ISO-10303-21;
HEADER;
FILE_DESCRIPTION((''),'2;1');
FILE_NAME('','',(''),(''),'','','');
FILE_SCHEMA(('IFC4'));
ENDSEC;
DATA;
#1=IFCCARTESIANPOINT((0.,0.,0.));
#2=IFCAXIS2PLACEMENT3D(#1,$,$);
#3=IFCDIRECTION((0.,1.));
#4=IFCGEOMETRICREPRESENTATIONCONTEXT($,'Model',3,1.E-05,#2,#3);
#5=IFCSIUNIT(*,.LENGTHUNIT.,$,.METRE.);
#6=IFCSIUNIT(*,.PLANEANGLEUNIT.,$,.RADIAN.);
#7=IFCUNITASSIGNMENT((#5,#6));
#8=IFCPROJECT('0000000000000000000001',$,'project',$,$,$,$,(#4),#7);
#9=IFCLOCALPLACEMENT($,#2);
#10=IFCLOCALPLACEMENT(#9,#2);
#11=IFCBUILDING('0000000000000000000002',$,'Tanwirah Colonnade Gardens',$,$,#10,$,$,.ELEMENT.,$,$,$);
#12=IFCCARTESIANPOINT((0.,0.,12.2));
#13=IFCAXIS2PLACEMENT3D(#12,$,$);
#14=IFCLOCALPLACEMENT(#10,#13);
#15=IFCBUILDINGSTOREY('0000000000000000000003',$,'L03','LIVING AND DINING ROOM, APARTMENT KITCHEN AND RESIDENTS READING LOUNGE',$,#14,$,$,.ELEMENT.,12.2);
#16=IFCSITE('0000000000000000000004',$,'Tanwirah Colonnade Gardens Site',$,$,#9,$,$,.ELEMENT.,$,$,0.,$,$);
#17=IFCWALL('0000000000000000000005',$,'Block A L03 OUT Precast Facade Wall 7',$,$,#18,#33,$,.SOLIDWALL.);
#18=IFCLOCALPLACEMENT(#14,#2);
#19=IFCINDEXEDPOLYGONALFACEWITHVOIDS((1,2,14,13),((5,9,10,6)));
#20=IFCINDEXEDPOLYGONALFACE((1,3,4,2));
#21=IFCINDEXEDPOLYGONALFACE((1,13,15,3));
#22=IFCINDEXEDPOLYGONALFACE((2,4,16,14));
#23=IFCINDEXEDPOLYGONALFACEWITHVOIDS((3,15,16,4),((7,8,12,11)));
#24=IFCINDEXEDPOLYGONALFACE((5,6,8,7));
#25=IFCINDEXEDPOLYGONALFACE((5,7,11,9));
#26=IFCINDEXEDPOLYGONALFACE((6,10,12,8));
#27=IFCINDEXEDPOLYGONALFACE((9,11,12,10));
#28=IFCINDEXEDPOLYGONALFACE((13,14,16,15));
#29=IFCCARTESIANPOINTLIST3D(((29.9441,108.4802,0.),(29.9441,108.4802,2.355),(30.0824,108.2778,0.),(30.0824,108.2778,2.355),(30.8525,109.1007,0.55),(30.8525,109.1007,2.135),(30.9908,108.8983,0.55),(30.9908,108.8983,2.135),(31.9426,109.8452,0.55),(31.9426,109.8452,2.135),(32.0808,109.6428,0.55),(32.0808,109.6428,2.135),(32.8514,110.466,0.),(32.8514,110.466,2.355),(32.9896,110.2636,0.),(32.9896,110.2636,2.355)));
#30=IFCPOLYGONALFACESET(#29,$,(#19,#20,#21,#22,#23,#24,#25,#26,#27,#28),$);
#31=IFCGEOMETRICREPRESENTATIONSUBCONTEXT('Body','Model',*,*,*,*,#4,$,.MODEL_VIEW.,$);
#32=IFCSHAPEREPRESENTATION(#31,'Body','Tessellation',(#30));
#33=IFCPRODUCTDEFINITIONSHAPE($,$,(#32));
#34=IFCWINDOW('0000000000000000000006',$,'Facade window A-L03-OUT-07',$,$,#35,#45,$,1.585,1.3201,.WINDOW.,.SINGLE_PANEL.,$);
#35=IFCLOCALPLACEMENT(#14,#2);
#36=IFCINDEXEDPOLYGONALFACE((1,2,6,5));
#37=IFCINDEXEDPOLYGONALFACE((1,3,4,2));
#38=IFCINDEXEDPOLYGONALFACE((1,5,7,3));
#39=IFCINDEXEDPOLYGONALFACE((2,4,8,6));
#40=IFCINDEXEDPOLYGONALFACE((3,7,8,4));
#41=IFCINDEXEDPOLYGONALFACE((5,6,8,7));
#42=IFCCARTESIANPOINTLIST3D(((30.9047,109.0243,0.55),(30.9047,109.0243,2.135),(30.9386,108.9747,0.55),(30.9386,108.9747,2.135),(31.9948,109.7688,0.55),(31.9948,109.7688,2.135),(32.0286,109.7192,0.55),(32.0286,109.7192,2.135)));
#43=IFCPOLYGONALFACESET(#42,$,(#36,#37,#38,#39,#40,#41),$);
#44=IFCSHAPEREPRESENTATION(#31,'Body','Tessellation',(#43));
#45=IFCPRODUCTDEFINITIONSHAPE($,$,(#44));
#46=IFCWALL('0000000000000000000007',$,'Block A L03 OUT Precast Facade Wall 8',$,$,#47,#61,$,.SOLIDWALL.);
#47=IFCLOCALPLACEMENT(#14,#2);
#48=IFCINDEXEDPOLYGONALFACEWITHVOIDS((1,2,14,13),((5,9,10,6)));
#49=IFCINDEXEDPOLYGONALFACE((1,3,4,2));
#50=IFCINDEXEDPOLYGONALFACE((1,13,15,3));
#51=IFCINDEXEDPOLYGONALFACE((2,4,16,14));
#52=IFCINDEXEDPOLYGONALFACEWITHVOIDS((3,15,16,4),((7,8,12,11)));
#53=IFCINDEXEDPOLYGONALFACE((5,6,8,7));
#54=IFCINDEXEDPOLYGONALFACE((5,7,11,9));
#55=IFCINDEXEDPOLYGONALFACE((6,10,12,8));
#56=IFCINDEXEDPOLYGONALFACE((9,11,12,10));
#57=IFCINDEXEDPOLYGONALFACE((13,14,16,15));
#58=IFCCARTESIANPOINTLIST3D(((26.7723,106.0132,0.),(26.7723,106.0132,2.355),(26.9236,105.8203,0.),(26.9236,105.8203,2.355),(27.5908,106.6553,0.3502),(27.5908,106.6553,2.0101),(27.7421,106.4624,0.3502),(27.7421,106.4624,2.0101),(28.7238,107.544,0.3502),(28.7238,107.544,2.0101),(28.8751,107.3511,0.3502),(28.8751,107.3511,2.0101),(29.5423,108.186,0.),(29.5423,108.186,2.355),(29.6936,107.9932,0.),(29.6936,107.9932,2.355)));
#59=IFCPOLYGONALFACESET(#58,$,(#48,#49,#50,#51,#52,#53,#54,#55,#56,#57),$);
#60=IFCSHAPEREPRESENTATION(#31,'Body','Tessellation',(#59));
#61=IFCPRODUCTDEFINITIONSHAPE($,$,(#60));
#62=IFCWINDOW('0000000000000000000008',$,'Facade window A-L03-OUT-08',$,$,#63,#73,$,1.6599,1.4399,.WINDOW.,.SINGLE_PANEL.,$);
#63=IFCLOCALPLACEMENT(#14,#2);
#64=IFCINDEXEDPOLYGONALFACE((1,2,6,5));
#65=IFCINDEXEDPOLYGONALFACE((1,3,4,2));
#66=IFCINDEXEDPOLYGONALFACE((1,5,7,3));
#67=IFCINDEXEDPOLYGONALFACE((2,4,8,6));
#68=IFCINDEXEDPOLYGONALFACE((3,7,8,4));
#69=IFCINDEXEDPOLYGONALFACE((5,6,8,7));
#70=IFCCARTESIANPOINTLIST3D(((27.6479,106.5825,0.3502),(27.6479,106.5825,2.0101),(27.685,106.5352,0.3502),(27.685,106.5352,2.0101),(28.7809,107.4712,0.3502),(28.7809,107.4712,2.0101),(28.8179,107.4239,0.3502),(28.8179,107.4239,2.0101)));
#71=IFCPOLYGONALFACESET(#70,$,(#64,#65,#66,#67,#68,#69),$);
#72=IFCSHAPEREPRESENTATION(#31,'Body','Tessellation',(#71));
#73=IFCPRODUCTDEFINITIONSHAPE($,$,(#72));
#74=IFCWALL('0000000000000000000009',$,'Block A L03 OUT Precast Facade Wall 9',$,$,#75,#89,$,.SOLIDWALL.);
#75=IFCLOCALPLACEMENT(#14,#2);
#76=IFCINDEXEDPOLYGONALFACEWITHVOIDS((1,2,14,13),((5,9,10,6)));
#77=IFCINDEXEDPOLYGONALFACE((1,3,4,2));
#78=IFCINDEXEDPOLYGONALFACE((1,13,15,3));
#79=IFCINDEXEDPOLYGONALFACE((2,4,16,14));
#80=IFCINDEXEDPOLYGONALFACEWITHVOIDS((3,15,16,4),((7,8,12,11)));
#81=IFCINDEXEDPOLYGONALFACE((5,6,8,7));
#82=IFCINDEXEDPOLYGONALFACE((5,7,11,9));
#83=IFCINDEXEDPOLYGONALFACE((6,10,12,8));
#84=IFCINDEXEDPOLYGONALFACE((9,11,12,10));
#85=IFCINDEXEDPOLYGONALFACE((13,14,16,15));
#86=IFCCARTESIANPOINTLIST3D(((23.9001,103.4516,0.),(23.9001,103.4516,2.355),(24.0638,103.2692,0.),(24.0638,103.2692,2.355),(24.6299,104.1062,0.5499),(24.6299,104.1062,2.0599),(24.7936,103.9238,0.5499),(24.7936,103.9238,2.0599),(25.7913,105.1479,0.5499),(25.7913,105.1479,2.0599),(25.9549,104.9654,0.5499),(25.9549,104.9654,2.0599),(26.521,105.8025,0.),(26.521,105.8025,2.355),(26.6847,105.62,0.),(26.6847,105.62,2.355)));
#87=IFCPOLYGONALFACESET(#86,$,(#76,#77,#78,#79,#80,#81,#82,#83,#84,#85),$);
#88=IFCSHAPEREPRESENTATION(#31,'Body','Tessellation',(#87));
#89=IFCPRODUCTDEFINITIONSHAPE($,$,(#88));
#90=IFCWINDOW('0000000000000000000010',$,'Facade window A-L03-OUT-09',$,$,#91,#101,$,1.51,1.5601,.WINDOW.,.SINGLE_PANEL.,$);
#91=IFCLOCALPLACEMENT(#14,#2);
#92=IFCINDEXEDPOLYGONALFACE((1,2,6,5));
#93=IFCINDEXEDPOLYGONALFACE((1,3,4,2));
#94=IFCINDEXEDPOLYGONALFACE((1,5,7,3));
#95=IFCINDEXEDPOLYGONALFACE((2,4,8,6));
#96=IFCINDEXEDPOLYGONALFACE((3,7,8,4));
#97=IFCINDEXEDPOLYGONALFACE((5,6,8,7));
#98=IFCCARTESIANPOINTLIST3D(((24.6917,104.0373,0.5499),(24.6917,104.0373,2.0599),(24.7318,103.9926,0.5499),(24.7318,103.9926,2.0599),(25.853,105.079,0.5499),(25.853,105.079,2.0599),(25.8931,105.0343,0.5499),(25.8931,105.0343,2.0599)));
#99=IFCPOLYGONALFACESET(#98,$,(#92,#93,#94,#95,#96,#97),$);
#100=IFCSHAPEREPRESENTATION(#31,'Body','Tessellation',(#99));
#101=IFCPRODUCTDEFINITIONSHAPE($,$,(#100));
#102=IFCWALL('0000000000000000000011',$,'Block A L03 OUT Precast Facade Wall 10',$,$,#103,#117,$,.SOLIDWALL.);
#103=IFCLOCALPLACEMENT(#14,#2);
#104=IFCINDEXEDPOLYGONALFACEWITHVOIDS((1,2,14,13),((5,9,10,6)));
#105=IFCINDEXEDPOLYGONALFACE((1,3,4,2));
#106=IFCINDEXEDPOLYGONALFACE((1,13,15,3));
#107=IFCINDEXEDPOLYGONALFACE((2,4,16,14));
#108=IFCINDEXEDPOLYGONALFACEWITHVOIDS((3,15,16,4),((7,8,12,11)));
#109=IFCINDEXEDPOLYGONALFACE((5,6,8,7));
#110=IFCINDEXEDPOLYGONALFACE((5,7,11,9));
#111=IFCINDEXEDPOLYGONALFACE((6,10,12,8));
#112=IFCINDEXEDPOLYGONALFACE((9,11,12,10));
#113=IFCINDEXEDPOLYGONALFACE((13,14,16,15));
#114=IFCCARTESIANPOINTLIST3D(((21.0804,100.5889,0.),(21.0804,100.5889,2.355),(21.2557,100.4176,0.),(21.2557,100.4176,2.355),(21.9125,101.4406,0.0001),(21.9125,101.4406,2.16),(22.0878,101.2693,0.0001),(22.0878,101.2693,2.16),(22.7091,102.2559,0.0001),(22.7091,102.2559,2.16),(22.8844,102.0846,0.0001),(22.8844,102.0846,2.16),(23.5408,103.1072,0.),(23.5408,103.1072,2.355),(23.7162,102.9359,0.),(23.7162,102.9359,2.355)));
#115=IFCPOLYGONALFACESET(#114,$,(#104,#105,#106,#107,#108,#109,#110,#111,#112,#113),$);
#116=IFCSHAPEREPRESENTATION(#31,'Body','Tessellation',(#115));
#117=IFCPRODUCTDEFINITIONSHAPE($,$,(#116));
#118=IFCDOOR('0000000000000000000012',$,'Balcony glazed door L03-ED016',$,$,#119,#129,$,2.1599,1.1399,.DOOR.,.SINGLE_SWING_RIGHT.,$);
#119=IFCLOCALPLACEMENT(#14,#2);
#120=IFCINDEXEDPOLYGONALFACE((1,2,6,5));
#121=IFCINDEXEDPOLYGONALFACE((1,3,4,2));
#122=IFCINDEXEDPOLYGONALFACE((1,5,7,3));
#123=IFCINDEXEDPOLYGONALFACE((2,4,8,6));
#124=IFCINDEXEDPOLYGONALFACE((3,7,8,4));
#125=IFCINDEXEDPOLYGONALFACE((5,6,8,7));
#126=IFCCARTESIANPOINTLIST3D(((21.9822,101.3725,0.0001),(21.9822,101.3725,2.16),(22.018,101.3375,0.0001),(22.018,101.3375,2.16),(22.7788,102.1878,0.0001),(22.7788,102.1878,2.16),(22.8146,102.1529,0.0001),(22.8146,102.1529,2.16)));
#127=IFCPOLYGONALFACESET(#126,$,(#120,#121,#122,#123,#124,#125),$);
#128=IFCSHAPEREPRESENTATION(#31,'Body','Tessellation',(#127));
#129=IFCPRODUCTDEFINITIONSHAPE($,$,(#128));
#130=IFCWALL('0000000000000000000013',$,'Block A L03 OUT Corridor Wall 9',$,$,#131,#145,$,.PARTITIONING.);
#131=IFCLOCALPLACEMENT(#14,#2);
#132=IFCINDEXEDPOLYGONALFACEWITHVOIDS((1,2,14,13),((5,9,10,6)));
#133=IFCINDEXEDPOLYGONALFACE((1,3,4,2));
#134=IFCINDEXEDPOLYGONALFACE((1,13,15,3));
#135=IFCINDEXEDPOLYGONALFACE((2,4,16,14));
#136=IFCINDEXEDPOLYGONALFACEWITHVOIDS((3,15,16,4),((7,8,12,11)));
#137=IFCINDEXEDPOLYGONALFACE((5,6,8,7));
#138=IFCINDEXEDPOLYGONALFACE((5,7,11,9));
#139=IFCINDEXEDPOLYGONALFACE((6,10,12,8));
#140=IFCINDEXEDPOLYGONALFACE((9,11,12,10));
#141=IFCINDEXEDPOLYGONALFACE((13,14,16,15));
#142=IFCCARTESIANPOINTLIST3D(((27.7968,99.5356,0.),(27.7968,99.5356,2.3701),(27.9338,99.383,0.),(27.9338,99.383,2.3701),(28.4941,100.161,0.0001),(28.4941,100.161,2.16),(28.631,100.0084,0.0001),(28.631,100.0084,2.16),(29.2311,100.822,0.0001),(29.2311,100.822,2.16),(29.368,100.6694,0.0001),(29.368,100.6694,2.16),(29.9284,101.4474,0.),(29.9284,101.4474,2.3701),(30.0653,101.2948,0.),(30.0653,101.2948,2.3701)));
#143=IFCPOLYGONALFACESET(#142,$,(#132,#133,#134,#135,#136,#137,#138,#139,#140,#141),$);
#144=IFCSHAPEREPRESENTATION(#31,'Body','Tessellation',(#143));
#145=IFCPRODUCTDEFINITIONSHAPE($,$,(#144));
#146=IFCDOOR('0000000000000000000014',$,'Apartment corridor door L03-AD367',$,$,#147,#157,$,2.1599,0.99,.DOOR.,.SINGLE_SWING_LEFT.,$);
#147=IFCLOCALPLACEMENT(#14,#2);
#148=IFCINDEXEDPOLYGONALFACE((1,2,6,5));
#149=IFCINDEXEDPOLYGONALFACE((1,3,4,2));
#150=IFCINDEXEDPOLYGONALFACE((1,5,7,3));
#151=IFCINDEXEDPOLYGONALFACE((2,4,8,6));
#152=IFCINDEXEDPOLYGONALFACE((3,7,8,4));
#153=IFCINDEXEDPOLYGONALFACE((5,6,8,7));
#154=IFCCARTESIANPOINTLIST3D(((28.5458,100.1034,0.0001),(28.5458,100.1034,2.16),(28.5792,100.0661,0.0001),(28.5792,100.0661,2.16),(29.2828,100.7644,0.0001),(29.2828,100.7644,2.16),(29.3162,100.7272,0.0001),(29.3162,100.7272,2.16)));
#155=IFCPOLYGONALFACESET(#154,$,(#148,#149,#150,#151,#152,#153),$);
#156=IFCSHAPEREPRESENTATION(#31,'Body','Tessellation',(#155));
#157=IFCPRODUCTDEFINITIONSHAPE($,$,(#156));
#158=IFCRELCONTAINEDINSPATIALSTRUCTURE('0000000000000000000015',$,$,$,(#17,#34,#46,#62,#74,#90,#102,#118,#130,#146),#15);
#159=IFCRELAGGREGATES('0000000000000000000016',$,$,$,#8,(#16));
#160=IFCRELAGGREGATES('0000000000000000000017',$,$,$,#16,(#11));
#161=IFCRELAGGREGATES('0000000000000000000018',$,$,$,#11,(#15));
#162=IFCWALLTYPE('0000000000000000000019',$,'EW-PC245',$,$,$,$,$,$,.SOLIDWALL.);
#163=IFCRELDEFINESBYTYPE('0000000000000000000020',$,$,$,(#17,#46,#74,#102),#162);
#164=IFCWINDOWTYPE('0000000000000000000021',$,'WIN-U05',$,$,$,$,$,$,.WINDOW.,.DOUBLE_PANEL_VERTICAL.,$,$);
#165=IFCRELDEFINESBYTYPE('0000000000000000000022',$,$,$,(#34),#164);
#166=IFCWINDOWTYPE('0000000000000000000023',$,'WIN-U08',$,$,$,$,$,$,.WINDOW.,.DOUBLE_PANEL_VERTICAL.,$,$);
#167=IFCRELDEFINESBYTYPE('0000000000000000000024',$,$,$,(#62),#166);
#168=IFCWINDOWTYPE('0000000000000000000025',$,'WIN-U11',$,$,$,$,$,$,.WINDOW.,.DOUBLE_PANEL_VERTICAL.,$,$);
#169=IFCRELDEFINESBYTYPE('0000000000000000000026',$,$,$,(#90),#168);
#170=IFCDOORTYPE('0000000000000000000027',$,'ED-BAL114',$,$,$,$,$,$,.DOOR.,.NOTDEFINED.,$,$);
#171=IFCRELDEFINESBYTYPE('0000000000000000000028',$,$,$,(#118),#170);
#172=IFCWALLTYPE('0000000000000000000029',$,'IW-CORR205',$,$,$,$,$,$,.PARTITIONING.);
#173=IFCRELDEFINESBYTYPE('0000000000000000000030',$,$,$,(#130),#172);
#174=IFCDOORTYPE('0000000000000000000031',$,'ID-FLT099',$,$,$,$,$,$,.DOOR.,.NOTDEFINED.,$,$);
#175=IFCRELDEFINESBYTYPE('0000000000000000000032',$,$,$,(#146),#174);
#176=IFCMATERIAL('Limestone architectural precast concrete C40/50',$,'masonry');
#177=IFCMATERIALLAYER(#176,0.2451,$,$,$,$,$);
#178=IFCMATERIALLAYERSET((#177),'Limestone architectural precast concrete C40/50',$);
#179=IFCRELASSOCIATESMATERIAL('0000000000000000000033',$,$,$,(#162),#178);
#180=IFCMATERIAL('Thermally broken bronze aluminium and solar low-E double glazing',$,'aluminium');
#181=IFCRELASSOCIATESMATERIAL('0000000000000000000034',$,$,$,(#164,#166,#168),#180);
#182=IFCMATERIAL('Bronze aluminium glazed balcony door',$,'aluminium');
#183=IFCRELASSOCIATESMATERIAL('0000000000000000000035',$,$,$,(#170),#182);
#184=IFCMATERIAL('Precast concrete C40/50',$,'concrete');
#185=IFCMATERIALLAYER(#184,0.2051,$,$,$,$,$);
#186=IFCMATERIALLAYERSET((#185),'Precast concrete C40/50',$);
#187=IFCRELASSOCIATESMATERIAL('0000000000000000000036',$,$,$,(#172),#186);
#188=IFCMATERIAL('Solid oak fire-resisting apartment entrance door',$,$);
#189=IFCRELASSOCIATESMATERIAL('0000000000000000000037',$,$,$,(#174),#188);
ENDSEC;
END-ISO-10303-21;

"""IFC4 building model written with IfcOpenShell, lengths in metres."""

from ifc_helpers import new_model, si_unit, direction, frame, frame_2d, origin, place, context, subcontext, project, spatial, rectangle, extrude, material, layer, layer_set, type_object, element, fill, save


model = new_model("IFC4")

# Units and contexts
model_context = context("Model", 3, precision=1e-05, world=origin(), true_north=direction((0.0, 1.0)))
body_context = subcontext(model_context, "Body", "Model", "MODEL_VIEW")
ifc_project = project(units=[si_unit("LENGTHUNIT", "METRE"), si_unit("PLANEANGLEUNIT", "RADIAN")], contexts=[model_context])

# Site, building, storey
site_placement = place(None, origin())
site = spatial("IfcSite", under=ifc_project, at=site_placement, Name="Tanwirah Colonnade Gardens Site", CompositionType="ELEMENT", RefElevation=0.0)
building_placement = place(site_placement, origin())
building = spatial("IfcBuilding", under=site, at=building_placement, Name="Tanwirah Colonnade Gardens", CompositionType="ELEMENT")
storey_placement = place(building_placement, frame((0.0, 0.0, 12.2)))
storey = spatial("IfcBuildingStorey", under=building, at=storey_placement, Name="L03", Description="LIVING AND DINING ROOM, APARTMENT KITCHEN AND RESIDENTS READING LOUNGE", CompositionType="ELEMENT", Elevation=12.2)

# Shared definitions
ifc_material_1 = material(Name="Precast concrete C40/50", Category="concrete")

# Walls, openings, windows
ifc_material_2 = material(Name="Limestone architectural precast concrete C40/50", Category="masonry")
ifc_layer_1 = layer(ifc_material_2, 0.2451)
ifc_layer_set_1 = layer_set([ifc_layer_1], Name="Limestone architectural precast concrete C40/50")
wall_type_1 = type_object("IfcWallType", Name="EW-PC245", PredefinedType="SOLIDWALL", material=ifc_layer_set_1)
wall_1_placement = place(storey_placement, frame((32.9204, 110.3647, 0.0), z_axis=(0.0, 0.0, 1.0), x_axis=(-0.825746, -0.564042, 0.0)))
wall_1 = element("IfcWall", 1, at=wall_1_placement, inside=storey, type_object=wall_type_1, Name="Block A L03 OUT Precast Facade Wall 7", PredefinedType="SOLIDWALL", context=body_context, shape_type="SweptSolid", body=[
    extrude(rectangle(XDim=3.5208, YDim=0.2451, at=frame_2d((1.7603, 0.0))), origin(), (0.0, 0.0, 1.0), 2.355),
])
opening_1_placement = place(wall_1_placement, frame((1.1003, 0.0, 0.55)))
opening_1 = element("IfcOpeningElement", 2, at=opening_1_placement, cuts=wall_1, PredefinedType="OPENING", context=body_context, shape_type="SweptSolid", body=[
    extrude(rectangle(XDim=1.3201, YDim=1.585, at=frame_2d((0.6602, 0.7925))), frame((0.0, 0.1326, 0.0), z_axis=(0.0, -1.0, 0.0), x_axis=(1.0, 0.0, 0.0)), (0.0, 0.0, 1.0), 0.2651),
])
ifc_material_3 = material(Name="Thermally broken bronze aluminium and solar low-E double glazing", Category="aluminium")
window_type_1 = type_object("IfcWindowType", Name="WIN-U05", PartitioningType="DOUBLE_PANEL_VERTICAL", PredefinedType="WINDOW", material=ifc_material_3)
window_1_placement = place(opening_1_placement, origin())
window_1 = element("IfcWindow", 3, at=window_1_placement, inside=storey, type_object=window_type_1, Name="Facade window A-L03-OUT-07", OverallHeight=1.585, OverallWidth=1.3201, PartitioningType="SINGLE_PANEL", PredefinedType="WINDOW", context=body_context, shape_type="SweptSolid", body=[
    extrude(rectangle(XDim=1.3201, YDim=1.585, at=frame_2d((0.6602, 0.7925))), frame((0.0, 0.03, 0.0), z_axis=(0.0, -1.0, 0.0), x_axis=(1.0, 0.0, 0.0)), (0.0, 0.0, 1.0), 0.0601),
])
fill(opening_1, window_1)
wall_2_placement = place(storey_placement, frame((29.6179, 108.0896, 0.0), z_axis=(0.0, 0.0, 1.0), x_axis=(-0.786814, -0.61719, 0.0)))
wall_2 = element("IfcWall", 4, at=wall_2_placement, inside=storey, type_object=wall_type_1, Name="Block A L03 OUT Precast Facade Wall 8", PredefinedType="SOLIDWALL", context=body_context, shape_type="SweptSolid", body=[
    extrude(rectangle(XDim=3.5205, YDim=0.2451, at=frame_2d((1.7603, 0.0))), origin(), (0.0, 0.0, 1.0), 2.355),
])
opening_2_placement = place(wall_2_placement, frame((1.0403, 0.0, 0.3501)))
opening_2 = element("IfcOpeningElement", 5, at=opening_2_placement, cuts=wall_2, PredefinedType="OPENING", context=body_context, shape_type="SweptSolid", body=[
    extrude(rectangle(XDim=1.4399, YDim=1.6599, at=frame_2d((0.72, 0.8301))), frame((0.0, 0.1326, 0.0), z_axis=(0.0, -1.0, 0.0), x_axis=(1.0, 0.0, 0.0)), (0.0, 0.0, 1.0), 0.2651),
])
window_type_2 = type_object("IfcWindowType", Name="WIN-U08", PartitioningType="DOUBLE_PANEL_VERTICAL", PredefinedType="WINDOW", material=ifc_material_3)
window_2_placement = place(opening_2_placement, origin())
window_2 = element("IfcWindow", 6, at=window_2_placement, inside=storey, type_object=window_type_2, Name="Facade window A-L03-OUT-08", OverallHeight=1.6599, OverallWidth=1.4399, PartitioningType="SINGLE_PANEL", PredefinedType="WINDOW", context=body_context, shape_type="SweptSolid", body=[
    extrude(rectangle(XDim=1.4399, YDim=1.6599, at=frame_2d((0.72, 0.8301))), frame((0.0, 0.03, 0.0), z_axis=(0.0, -1.0, 0.0), x_axis=(1.0, 0.0, 0.0)), (0.0, 0.0, 1.0), 0.0601),
])
fill(opening_2, window_2)
wall_3_placement = place(storey_placement, frame((26.6028, 105.7112, 0.0), z_axis=(0.0, 0.0, 1.0), x_axis=(-0.744414, -0.667719, 0.0)))
wall_3 = element("IfcWall", 7, at=wall_3_placement, inside=storey, type_object=wall_type_1, Name="Block A L03 OUT Precast Facade Wall 9", PredefinedType="SOLIDWALL", context=body_context, shape_type="SweptSolid", body=[
    extrude(rectangle(XDim=3.5208, YDim=0.2451, at=frame_2d((1.7603, 0.0))), origin(), (0.0, 0.0, 1.0), 2.355),
])
opening_3_placement = place(wall_3_placement, frame((0.9802, 0.0, 0.55)))
opening_3 = element("IfcOpeningElement", 8, at=opening_3_placement, cuts=wall_3, PredefinedType="OPENING", context=body_context, shape_type="SweptSolid", body=[
    extrude(rectangle(XDim=1.5601, YDim=1.51, at=frame_2d((0.78, 0.7549))), frame((0.0, 0.1326, 0.0), z_axis=(0.0, -1.0, 0.0), x_axis=(1.0, 0.0, 0.0)), (0.0, 0.0, 1.0), 0.2651),
])
window_type_3 = type_object("IfcWindowType", Name="WIN-U11", PartitioningType="DOUBLE_PANEL_VERTICAL", PredefinedType="WINDOW", material=ifc_material_3)
window_3_placement = place(opening_3_placement, origin())
window_3 = element("IfcWindow", 9, at=window_3_placement, inside=storey, type_object=window_type_3, Name="Facade window A-L03-OUT-09", OverallHeight=1.51, OverallWidth=1.5601, PartitioningType="SINGLE_PANEL", PredefinedType="WINDOW", context=body_context, shape_type="SweptSolid", body=[
    extrude(rectangle(XDim=1.5601, YDim=1.51, at=frame_2d((0.78, 0.7549))), frame((0.0, 0.03, 0.0), z_axis=(0.0, -1.0, 0.0), x_axis=(1.0, 0.0, 0.0)), (0.0, 0.0, 1.0), 0.0601),
])
fill(opening_3, window_3)

# Walls, openings, doors
wall_4_placement = place(storey_placement, frame((23.6284, 103.0215, 0.0), z_axis=(0.0, 0.0, 1.0), x_axis=(-0.698842, -0.715276, 0.0)))
wall_4 = element("IfcWall", 10, at=wall_4_placement, inside=storey, type_object=wall_type_1, Name="Block A L03 OUT Precast Facade Wall 10", PredefinedType="SOLIDWALL", context=body_context, shape_type="SweptSolid", body=[
    extrude(rectangle(XDim=3.5208, YDim=0.2451, at=frame_2d((1.7603, 0.0))), origin(), (0.0, 0.0, 1.0), 2.355),
])
opening_4_placement = place(wall_4_placement, frame((1.1902, 0.0, 0.0)))
opening_4 = element("IfcOpeningElement", 11, at=opening_4_placement, cuts=wall_4, PredefinedType="OPENING", context=body_context, shape_type="SweptSolid", body=[
    extrude(rectangle(XDim=1.1399, YDim=2.1599, at=frame_2d((0.5698, 1.0801))), frame((0.0, 0.1326, 0.0), z_axis=(0.0, -1.0, 0.0), x_axis=(1.0, 0.0, 0.0)), (0.0, 0.0, 1.0), 0.2651),
])
ifc_material_4 = material(Name="Bronze aluminium glazed balcony door", Category="aluminium")
door_type_1 = type_object("IfcDoorType", Name="ED-BAL114", OperationType="NOTDEFINED", PredefinedType="DOOR", material=ifc_material_4)
door_1_placement = place(opening_4_placement, origin())
door_1 = element("IfcDoor", 12, at=door_1_placement, inside=storey, type_object=door_type_1, Name="Balcony glazed door L03-ED016", OperationType="SINGLE_SWING_RIGHT", OverallHeight=2.1599, OverallWidth=1.1399, PredefinedType="DOOR", context=body_context, shape_type="SweptSolid", body=[
    extrude(rectangle(XDim=1.1399, YDim=2.1599, at=frame_2d((0.5698, 1.0801))), frame((0.0, 0.0249, 0.0), z_axis=(0.0, -1.0, 0.0), x_axis=(1.0, 0.0, 0.0)), (0.0, 0.0, 1.0), 0.05),
])
fill(opening_4, door_1)
ifc_layer_2 = layer(ifc_material_1, 0.2051)
ifc_layer_set_2 = layer_set([ifc_layer_2], Name="Precast concrete C40/50")
wall_type_2 = type_object("IfcWallType", Name="IW-CORR205", PredefinedType="PARTITIONING", material=ifc_layer_set_2)
ifc_material_5 = material(Name="Solid oak fire-resisting apartment entrance door")
wall_5_placement = place(storey_placement, frame((29.9968, 101.3711, 0.0), z_axis=(0.0, 0.0, 1.0), x_axis=(-0.744434, -0.667697, 0.0)))
wall_5 = element("IfcWall", 13, at=wall_5_placement, inside=storey, type_object=wall_type_2, Name="Block A L03 OUT Corridor Wall 9", PredefinedType="PARTITIONING", context=body_context, shape_type="SweptSolid", body=[
    extrude(rectangle(XDim=2.8633, YDim=0.2051, at=frame_2d((1.4316, 0.0))), origin(), (0.0, 0.0, 1.0), 2.3701),
])
opening_5_placement = place(wall_5_placement, frame((0.9365, 0.0, 0.0)))
opening_5 = element("IfcOpeningElement", 14, at=opening_5_placement, cuts=wall_5, PredefinedType="OPENING", context=body_context, shape_type="SweptSolid", body=[
    extrude(rectangle(XDim=0.99, YDim=2.1599, at=frame_2d((0.4951, 1.0801))), frame((0.0, 0.1125, 0.0), z_axis=(0.0, -1.0, 0.0), x_axis=(1.0, 0.0, 0.0)), (0.0, 0.0, 1.0), 0.2251),
])
door_type_2 = type_object("IfcDoorType", Name="ID-FLT099", OperationType="NOTDEFINED", PredefinedType="DOOR", material=ifc_material_5)
door_2_placement = place(opening_5_placement, origin())
door_2 = element("IfcDoor", 15, at=door_2_placement, inside=storey, type_object=door_type_2, Name="Apartment corridor door L03-AD367", OperationType="SINGLE_SWING_LEFT", OverallHeight=2.1599, OverallWidth=0.99, PredefinedType="DOOR", context=body_context, shape_type="SweptSolid", body=[
    extrude(rectangle(XDim=0.99, YDim=2.1599, at=frame_2d((0.4951, 1.0801))), frame((0.0, 0.0249, 0.0), z_axis=(0.0, -1.0, 0.0), x_axis=(1.0, 0.0, 0.0)), (0.0, 0.0, 1.0), 0.05),
])
fill(opening_5, door_2)

save(model, "model.ifc")
